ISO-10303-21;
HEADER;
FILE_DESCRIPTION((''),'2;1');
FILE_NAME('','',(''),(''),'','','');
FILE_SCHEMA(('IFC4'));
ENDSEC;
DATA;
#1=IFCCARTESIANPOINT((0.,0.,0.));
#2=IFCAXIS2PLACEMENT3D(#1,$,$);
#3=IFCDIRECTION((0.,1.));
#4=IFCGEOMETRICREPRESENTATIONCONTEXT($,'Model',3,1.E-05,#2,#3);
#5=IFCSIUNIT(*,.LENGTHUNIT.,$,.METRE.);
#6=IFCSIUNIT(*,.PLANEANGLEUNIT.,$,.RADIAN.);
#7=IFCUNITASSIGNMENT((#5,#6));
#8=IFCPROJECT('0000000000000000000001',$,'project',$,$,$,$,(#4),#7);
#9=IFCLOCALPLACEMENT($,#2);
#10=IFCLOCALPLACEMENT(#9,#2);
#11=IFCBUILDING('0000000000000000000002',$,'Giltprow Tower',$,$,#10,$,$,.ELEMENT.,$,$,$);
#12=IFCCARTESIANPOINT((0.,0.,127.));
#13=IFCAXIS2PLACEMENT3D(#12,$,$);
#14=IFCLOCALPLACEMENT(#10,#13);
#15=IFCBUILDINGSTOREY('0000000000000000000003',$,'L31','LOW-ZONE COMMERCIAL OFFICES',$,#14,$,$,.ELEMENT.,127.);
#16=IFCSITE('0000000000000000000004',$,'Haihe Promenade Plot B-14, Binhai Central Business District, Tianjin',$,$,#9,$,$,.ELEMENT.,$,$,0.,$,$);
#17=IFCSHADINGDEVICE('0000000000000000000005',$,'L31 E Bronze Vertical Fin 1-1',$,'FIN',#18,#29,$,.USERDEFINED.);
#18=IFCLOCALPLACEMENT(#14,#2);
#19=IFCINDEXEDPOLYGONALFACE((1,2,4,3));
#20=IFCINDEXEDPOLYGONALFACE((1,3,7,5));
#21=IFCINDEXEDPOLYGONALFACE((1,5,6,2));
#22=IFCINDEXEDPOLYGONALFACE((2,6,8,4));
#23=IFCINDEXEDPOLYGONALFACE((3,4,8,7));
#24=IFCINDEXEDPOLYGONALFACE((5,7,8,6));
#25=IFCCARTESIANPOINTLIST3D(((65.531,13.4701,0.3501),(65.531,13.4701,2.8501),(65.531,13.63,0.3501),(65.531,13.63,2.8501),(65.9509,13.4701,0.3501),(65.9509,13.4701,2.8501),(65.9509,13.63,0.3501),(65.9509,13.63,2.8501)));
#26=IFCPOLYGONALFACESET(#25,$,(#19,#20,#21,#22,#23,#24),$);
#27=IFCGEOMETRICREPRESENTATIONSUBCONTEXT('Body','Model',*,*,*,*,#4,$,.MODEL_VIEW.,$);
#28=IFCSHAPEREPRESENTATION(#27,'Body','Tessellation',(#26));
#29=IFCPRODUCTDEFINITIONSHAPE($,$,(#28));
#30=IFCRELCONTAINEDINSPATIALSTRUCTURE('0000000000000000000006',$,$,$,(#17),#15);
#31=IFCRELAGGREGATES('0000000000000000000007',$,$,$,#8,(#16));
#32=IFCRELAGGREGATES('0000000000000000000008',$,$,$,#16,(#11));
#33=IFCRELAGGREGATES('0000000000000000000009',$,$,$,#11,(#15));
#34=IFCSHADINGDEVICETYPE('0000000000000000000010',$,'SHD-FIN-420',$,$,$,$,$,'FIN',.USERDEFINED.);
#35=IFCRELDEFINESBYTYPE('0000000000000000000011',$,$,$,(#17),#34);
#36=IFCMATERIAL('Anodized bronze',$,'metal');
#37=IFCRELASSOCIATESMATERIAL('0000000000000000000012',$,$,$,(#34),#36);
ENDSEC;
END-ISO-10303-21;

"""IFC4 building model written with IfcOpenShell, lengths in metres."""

from ifc_helpers import new_model, si_unit, direction, frame, origin, origin_2d, place, context, subcontext, project, spatial, rectangle, extrude, source, transform, mapped, material, type_object, element, save


model = new_model("IFC4")

# Units and contexts
model_context = context("Model", 3, precision=1e-05, world=origin(), true_north=direction((0.0, 1.0)))
body_context = subcontext(model_context, "Body", "Model", "MODEL_VIEW")
ifc_project = project(units=[si_unit("LENGTHUNIT", "METRE"), si_unit("PLANEANGLEUNIT", "RADIAN")], contexts=[model_context])

# Site, building, storey
site_placement = place(None, origin())
site = spatial("IfcSite", under=ifc_project, at=site_placement, Name="Haihe Promenade Plot B-14, Binhai Central Business District, Tianjin", CompositionType="ELEMENT", RefElevation=0.0)
building_placement = place(site_placement, origin())
building = spatial("IfcBuilding", under=site, at=building_placement, Name="Giltprow Tower", CompositionType="ELEMENT")
storey_placement = place(building_placement, frame((0.0, 0.0, 127.0)))
storey = spatial("IfcBuildingStorey", under=building, at=storey_placement, Name="L31", Description="LOW-ZONE COMMERCIAL OFFICES", CompositionType="ELEMENT", Elevation=127.0)

# Shared definitions
ifc_material_1 = material(Name="Anodized bronze", Category="metal")

# Shading device
shading_device_type = type_object("IfcShadingDeviceType", Name="SHD-FIN-420", ElementType="FIN", PredefinedType="USERDEFINED", material=ifc_material_1)
shared_shape_1 = source(origin(), body_context, "Body", "SweptSolid", [
    extrude(rectangle(XDim=0.4199, YDim=0.1599, at=origin_2d()), origin(), (0.0, 0.0, 1.0), 2.5),
])
shading_device_placement = place(storey_placement, frame((65.741, 13.55, 0.3501), z_axis=(0.0, 0.0, 1.0), x_axis=(1.0, 0.0, 0.0)))
element("IfcShadingDevice", 1, at=shading_device_placement, inside=storey, type_object=shading_device_type, Name="L31 E Bronze Vertical Fin 1-1", ObjectType="FIN", PredefinedType="USERDEFINED", context=body_context, shape_type="MappedRepresentation", body=[
    mapped(shared_shape_1, transform((0.0, 0.0, 0.0), x_axis=(1.0, 0.0, 0.0), y_axis=(0.0, 1.0, 0.0), z_axis=(0.0, 0.0, 1.0), scale=1.0)),
])

save(model, "model.ifc")
